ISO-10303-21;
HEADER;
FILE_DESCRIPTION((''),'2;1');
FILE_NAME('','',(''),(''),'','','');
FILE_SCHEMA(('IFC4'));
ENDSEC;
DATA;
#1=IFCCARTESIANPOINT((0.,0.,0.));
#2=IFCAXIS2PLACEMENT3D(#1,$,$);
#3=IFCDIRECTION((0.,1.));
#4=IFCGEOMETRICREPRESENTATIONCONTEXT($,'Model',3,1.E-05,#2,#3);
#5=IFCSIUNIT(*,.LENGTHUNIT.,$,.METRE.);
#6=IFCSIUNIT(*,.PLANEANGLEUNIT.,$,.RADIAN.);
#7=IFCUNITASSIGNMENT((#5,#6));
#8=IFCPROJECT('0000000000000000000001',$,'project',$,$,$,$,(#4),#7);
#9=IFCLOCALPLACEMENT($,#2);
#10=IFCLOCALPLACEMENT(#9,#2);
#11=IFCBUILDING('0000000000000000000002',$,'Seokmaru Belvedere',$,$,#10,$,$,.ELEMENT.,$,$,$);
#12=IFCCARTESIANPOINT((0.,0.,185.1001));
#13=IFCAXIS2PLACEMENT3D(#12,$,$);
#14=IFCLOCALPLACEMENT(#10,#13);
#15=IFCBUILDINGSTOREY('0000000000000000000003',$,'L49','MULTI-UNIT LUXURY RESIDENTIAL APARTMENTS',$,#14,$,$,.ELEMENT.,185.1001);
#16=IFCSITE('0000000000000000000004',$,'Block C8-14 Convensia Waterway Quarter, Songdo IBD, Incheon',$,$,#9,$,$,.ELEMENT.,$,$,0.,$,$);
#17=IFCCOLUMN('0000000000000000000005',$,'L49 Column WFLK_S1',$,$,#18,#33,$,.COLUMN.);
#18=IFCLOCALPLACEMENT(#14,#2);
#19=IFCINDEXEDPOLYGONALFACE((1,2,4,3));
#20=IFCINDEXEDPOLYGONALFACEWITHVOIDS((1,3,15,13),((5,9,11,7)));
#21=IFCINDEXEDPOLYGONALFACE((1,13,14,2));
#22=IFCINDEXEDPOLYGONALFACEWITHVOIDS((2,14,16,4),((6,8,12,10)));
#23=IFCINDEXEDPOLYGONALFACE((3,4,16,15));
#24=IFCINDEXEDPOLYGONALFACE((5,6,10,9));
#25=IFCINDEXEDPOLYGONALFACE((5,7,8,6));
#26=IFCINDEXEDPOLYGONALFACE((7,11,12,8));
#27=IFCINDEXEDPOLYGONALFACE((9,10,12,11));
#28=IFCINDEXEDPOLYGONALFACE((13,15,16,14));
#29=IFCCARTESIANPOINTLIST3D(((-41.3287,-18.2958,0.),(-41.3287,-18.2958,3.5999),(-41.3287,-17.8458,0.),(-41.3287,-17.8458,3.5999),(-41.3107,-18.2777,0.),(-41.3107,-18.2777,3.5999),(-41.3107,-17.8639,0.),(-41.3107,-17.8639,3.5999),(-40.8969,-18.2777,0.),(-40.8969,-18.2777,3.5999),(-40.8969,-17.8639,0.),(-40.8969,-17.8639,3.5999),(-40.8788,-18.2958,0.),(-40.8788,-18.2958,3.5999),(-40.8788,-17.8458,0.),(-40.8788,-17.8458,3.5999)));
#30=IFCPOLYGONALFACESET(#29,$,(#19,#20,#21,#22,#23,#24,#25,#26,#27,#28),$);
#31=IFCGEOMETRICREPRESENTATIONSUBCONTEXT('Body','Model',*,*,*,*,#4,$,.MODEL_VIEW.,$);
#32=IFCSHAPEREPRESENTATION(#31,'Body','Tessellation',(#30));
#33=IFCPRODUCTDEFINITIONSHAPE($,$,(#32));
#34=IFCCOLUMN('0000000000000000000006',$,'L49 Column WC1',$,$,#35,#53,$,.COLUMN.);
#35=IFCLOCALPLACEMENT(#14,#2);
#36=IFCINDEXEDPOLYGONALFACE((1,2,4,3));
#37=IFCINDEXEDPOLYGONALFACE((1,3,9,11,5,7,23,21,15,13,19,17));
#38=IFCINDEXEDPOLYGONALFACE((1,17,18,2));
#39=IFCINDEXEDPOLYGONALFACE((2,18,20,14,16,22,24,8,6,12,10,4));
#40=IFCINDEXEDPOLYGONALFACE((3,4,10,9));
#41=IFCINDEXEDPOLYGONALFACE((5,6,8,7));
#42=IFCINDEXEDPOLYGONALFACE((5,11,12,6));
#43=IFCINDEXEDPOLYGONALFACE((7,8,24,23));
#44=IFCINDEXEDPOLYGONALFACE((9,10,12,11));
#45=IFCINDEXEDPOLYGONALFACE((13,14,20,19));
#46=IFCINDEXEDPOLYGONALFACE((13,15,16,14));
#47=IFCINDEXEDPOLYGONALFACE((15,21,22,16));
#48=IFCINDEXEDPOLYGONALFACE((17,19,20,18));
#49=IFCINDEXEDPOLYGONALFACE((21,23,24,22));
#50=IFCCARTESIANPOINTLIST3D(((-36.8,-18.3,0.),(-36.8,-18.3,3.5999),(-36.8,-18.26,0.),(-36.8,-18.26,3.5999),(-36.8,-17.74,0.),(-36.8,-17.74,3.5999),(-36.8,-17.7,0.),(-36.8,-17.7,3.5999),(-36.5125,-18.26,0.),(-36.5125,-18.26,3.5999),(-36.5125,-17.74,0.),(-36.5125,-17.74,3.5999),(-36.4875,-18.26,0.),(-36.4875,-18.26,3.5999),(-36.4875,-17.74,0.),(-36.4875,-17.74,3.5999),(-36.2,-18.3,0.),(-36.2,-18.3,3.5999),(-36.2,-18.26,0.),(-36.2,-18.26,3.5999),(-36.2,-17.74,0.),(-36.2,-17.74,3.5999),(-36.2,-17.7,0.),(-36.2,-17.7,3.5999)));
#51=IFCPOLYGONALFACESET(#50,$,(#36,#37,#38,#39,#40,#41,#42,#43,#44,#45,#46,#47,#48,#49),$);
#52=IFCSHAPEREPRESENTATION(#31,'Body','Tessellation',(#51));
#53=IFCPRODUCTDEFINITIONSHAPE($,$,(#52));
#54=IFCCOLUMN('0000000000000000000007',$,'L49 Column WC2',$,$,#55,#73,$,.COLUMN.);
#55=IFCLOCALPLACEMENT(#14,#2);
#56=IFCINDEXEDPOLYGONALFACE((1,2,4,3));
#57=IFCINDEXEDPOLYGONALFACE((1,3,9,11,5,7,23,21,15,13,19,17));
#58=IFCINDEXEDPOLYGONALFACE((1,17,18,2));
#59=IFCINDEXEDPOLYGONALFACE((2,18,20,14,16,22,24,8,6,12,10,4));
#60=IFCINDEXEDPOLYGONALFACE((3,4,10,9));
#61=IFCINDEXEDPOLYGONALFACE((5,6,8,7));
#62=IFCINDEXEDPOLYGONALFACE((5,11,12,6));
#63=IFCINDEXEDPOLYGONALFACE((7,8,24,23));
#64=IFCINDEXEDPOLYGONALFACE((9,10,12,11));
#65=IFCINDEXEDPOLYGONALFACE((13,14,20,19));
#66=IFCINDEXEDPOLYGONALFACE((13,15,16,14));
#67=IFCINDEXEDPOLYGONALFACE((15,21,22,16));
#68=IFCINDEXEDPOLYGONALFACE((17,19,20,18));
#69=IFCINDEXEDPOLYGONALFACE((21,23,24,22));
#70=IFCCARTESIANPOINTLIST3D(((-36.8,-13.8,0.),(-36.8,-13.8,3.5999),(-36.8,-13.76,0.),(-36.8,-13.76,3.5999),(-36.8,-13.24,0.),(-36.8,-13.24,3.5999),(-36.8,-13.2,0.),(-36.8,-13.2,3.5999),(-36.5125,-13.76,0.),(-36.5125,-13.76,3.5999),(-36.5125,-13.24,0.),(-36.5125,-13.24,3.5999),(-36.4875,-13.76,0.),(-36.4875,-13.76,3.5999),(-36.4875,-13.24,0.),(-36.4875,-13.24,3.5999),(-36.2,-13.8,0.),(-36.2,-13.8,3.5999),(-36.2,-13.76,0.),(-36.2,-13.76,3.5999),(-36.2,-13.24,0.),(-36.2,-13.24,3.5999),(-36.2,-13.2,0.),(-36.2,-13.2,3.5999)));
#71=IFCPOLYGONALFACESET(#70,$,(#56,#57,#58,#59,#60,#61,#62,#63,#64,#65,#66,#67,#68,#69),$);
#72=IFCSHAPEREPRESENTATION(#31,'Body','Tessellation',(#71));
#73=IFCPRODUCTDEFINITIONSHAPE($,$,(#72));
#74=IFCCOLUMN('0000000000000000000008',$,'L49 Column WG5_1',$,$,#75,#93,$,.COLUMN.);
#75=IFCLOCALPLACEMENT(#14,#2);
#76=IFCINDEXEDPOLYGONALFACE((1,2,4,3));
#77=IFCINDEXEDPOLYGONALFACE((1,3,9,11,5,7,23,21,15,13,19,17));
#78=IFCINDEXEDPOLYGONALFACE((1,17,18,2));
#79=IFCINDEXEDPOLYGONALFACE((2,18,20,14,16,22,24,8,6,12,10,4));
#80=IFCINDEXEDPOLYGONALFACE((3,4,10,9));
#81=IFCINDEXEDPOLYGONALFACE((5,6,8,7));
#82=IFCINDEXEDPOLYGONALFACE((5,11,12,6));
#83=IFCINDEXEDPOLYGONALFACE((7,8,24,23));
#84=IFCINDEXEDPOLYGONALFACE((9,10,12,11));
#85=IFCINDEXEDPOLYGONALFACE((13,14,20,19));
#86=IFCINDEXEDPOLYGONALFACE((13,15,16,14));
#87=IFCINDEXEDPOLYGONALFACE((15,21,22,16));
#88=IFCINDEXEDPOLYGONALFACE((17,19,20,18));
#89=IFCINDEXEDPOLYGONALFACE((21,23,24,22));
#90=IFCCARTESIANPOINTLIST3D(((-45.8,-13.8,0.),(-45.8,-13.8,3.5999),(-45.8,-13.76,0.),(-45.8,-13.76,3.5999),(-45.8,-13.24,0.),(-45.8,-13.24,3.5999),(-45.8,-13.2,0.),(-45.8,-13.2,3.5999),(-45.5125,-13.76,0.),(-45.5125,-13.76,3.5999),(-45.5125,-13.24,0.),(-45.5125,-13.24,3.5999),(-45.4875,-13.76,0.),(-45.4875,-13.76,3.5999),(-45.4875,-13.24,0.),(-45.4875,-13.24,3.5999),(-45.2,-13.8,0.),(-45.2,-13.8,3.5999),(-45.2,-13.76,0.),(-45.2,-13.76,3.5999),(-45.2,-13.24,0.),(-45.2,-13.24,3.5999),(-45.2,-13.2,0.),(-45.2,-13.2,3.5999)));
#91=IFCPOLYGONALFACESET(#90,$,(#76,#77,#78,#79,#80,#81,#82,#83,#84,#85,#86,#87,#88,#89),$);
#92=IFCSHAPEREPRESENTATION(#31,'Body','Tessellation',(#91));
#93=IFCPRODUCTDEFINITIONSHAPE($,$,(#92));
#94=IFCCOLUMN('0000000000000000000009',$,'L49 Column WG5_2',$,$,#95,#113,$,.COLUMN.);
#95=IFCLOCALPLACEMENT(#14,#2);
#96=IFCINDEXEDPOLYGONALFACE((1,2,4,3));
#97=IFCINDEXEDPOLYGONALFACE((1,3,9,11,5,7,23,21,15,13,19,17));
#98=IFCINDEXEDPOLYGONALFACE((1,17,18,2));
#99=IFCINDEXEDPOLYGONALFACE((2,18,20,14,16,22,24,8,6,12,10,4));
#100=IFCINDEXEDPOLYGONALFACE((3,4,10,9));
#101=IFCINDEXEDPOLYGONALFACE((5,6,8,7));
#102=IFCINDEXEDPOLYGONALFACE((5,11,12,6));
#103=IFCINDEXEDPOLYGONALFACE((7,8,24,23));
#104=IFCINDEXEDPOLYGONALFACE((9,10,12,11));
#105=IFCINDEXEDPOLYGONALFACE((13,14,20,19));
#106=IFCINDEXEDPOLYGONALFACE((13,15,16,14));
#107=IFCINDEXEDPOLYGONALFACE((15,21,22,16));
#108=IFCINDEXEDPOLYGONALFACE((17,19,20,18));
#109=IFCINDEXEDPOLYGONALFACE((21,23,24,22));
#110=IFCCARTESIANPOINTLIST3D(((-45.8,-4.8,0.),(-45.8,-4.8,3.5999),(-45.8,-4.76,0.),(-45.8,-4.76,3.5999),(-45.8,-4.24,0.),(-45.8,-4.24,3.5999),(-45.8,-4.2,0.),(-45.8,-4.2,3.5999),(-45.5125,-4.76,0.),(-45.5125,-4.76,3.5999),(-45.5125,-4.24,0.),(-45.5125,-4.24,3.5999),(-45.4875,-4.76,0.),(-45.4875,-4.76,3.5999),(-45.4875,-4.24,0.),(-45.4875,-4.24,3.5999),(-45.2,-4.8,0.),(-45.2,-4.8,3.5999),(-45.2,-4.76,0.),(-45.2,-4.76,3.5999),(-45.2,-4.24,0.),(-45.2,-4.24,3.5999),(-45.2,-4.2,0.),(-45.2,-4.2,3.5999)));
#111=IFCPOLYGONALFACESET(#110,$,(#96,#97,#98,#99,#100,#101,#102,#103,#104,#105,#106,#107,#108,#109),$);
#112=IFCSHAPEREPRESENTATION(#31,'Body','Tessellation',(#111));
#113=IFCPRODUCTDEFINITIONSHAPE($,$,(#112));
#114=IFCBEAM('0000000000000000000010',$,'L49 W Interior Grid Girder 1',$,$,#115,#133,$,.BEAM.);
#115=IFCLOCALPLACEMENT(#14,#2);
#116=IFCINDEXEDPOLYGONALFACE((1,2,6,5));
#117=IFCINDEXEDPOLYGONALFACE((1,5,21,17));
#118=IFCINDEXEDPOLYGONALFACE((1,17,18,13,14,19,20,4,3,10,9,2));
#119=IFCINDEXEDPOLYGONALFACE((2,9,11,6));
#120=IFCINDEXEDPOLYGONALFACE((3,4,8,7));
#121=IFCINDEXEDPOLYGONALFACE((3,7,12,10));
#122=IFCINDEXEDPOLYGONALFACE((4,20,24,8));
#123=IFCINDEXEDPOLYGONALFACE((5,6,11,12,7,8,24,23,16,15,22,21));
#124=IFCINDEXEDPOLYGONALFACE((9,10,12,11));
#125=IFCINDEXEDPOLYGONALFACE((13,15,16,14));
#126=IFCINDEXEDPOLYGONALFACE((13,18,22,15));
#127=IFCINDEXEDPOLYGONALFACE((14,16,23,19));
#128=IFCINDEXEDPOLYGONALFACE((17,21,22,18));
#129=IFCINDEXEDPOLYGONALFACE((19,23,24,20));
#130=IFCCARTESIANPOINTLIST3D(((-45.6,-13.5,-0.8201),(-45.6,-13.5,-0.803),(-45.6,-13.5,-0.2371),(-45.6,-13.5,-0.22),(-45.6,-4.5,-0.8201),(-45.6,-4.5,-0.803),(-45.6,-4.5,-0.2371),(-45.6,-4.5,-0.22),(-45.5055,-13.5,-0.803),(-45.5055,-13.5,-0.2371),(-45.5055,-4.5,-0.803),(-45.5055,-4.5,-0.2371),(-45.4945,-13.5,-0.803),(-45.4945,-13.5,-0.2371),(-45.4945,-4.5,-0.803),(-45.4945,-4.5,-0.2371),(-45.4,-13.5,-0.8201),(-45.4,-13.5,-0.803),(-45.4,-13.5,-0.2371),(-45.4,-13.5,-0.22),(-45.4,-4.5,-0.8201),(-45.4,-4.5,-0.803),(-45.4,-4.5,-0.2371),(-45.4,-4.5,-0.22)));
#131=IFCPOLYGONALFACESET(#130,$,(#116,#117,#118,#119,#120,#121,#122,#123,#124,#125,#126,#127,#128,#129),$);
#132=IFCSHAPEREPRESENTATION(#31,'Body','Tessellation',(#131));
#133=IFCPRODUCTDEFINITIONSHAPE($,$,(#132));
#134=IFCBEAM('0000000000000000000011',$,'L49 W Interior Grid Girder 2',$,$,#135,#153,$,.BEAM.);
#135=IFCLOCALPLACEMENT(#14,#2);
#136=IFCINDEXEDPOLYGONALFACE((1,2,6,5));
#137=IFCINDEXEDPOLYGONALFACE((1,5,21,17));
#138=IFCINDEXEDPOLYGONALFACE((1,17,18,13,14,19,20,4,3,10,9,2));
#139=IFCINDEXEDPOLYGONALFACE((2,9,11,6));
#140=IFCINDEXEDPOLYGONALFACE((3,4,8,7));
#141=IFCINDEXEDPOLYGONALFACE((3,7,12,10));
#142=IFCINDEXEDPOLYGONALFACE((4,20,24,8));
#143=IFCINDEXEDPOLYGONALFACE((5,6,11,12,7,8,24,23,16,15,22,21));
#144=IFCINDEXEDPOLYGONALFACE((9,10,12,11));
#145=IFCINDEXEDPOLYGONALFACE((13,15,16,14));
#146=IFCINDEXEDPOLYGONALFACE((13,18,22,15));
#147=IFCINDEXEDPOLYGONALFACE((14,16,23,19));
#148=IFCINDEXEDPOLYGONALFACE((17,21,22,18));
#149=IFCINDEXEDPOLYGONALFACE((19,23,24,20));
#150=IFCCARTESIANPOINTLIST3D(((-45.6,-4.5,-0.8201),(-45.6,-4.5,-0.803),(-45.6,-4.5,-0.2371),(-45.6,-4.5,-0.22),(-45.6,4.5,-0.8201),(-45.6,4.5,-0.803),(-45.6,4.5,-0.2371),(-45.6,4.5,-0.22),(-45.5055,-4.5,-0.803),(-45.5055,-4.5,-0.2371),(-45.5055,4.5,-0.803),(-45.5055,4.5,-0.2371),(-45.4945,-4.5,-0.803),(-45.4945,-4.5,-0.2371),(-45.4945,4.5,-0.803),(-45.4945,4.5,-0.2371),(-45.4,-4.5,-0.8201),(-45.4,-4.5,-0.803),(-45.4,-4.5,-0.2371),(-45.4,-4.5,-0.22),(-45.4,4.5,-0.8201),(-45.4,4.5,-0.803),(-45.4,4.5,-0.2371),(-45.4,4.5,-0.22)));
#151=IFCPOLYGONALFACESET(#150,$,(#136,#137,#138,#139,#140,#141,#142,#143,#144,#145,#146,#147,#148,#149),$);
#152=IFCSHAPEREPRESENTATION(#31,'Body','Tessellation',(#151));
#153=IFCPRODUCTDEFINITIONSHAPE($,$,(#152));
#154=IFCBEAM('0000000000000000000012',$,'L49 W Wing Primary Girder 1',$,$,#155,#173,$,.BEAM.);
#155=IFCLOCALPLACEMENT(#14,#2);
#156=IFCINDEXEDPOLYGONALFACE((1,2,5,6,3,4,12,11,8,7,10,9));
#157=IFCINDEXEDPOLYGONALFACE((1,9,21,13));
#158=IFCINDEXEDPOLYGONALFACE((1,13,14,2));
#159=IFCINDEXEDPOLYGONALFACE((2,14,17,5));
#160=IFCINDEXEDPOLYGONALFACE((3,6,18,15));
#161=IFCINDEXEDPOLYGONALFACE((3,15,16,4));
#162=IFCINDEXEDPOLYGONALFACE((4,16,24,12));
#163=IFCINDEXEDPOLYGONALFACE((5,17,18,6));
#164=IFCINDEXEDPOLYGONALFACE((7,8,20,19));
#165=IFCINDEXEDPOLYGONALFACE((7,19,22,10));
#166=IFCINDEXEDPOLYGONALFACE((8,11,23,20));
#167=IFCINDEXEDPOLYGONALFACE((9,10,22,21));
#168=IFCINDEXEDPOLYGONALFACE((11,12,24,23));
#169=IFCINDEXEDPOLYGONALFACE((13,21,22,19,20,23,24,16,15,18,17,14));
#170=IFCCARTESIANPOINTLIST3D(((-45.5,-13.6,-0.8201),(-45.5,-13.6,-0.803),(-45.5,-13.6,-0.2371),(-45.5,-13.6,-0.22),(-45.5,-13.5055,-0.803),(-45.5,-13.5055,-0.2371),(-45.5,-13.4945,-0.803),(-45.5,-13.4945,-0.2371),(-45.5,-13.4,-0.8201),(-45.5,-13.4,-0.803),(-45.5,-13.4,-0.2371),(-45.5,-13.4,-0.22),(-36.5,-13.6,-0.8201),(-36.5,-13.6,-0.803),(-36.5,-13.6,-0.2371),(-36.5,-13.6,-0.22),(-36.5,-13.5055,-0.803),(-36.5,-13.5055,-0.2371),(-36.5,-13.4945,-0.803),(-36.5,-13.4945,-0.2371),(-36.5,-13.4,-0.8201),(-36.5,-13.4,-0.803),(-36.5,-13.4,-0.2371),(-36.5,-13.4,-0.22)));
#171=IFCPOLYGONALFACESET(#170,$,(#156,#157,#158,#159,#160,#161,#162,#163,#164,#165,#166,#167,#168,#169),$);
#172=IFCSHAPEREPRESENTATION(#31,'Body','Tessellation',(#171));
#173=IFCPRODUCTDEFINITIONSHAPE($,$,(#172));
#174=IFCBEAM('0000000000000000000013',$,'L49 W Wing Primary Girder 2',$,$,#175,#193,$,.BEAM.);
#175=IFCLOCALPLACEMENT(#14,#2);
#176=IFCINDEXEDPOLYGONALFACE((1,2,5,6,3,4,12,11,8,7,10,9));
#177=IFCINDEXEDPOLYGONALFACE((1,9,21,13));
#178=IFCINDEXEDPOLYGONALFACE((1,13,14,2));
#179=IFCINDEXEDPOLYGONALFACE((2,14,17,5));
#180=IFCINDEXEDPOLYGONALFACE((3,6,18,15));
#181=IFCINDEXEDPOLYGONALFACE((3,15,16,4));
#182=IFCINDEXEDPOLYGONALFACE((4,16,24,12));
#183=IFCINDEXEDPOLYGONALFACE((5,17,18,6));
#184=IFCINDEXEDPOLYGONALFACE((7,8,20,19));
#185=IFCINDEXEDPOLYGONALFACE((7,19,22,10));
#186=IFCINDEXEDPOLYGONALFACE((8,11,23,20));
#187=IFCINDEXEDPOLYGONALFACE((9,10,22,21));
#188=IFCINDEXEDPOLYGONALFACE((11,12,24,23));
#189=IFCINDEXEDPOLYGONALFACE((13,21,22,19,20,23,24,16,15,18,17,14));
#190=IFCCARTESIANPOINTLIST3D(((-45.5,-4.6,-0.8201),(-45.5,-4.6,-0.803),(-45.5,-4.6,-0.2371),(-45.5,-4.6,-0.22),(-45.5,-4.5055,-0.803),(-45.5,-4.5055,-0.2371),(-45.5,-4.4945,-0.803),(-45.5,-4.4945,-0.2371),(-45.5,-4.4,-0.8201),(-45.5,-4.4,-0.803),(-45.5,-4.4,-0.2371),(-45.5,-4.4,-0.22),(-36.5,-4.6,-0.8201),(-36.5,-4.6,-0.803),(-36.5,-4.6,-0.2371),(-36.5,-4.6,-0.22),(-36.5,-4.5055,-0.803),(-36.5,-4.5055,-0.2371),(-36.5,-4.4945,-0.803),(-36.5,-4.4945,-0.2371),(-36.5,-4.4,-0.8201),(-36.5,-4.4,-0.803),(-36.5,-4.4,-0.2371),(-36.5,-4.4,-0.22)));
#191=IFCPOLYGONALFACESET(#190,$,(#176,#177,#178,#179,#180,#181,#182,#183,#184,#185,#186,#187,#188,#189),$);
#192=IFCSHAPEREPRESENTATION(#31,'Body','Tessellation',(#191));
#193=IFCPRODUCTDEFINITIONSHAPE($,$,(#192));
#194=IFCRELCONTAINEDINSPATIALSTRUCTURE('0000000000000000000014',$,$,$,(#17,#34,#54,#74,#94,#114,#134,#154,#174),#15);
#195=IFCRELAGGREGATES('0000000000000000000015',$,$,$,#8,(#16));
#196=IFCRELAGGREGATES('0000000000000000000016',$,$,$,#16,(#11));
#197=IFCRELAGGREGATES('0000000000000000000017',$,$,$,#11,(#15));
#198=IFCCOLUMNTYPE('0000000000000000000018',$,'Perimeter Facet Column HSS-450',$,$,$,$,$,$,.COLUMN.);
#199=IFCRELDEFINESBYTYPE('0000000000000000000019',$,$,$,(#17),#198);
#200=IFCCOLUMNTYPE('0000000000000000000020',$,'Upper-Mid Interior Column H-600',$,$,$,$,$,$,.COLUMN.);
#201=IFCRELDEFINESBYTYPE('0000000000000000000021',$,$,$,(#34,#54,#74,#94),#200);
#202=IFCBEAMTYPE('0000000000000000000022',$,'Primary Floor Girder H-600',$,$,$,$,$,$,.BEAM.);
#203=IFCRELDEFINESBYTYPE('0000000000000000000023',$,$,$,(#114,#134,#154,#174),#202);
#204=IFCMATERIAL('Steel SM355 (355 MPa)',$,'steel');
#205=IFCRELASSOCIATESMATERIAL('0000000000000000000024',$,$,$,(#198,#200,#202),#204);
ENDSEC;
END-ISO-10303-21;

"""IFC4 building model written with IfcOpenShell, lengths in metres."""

from ifc_helpers import new_model, si_unit, direction, frame, origin, origin_2d, place, context, subcontext, project, spatial, hollow_rectangle, i_section, extrude, source, transform, mapped, material, material_profile, profile_set, type_object, type_shapes, element, save


model = new_model("IFC4")

# Units and contexts
model_context = context("Model", 3, precision=1e-05, world=origin(), true_north=direction((0.0, 1.0)))
body_context = subcontext(model_context, "Body", "Model", "MODEL_VIEW")
ifc_project = project(units=[si_unit("LENGTHUNIT", "METRE"), si_unit("PLANEANGLEUNIT", "RADIAN")], contexts=[model_context])

# Site, building, storey
site_placement = place(None, origin())
site = spatial("IfcSite", under=ifc_project, at=site_placement, Name="Block C8-14 Convensia Waterway Quarter, Songdo IBD, Incheon", CompositionType="ELEMENT", RefElevation=0.0)
building_placement = place(site_placement, origin())
building = spatial("IfcBuilding", under=site, at=building_placement, Name="Seokmaru Belvedere", CompositionType="ELEMENT")
storey_placement = place(building_placement, frame((0.0, 0.0, 185.1001)))
storey = spatial("IfcBuildingStorey", under=building, at=storey_placement, Name="L49", Description="MULTI-UNIT LUXURY RESIDENTIAL APARTMENTS", CompositionType="ELEMENT", Elevation=185.1001)

# Columns
ifc_material_1 = material(Name="Steel SM355 (355 MPa)", Category="steel")
ifc_material_profile_1 = material_profile(ifc_material_1, hollow_rectangle(XDim=0.45, YDim=0.45, WallThickness=0.0181, at=origin_2d()), Name="HSS-450x450x18")
ifc_profile_set_1 = profile_set([ifc_material_profile_1], Name="Steel SM355 (355 MPa)")
column_type_1 = type_object("IfcColumnType", Name="Perimeter Facet Column HSS-450", PredefinedType="COLUMN", material=ifc_profile_set_1)
shared_shape_1 = source(origin(), body_context, "Body", "SweptSolid", [
    extrude(hollow_rectangle(XDim=0.45, YDim=0.45, WallThickness=0.0181, at=origin_2d()), origin(), (0.0, 0.0, 1.0), 3.5999),
])
type_shapes(column_type_1, [shared_shape_1])
column_placement = place(storey_placement, frame((-41.1038, -18.0708, 0.0), z_axis=(0.0, 0.0, 1.0), x_axis=(1.0, 0.0, 0.0)))
element("IfcColumn", 1, at=column_placement, inside=storey, type_object=column_type_1, Name="L49 Column WFLK_S1", PredefinedType="COLUMN", context=body_context, shape_type="MappedRepresentation", body=[
    mapped(shared_shape_1, transform((0.0, 0.0, 0.0), scale=1.0)),
])
ifc_material_profile_2 = material_profile(ifc_material_1, i_section(OverallWidth=0.6001, OverallDepth=0.6001, WebThickness=0.0249, FlangeThickness=0.04, at=origin_2d()), Name="H-600x600x25x40")
ifc_profile_set_2 = profile_set([ifc_material_profile_2], Name="Steel SM355 (355 MPa)")
column_type_2 = type_object("IfcColumnType", Name="Upper-Mid Interior Column H-600", PredefinedType="COLUMN", material=ifc_profile_set_2)
shared_shape_2 = source(origin(), body_context, "Body", "SweptSolid", [
    extrude(i_section(OverallWidth=0.6001, OverallDepth=0.6001, WebThickness=0.0249, FlangeThickness=0.04, at=origin_2d()), origin(), (0.0, 0.0, 1.0), 3.5999),
])
type_shapes(column_type_2, [shared_shape_2])
for number, where, z_axis, x_axis, name in (
    (2, (-36.5, -18.0, 0.0), (0.0, 0.0, 1.0), (1.0, 0.0, 0.0), "L49 Column WC1"),
    (3, (-36.5, -13.5, 0.0), (0.0, 0.0, 1.0), (1.0, 0.0, 0.0), "L49 Column WC2"),
    (4, (-45.5, -13.5, 0.0), (0.0, 0.0, 1.0), (1.0, 0.0, 0.0), "L49 Column WG5_1"),
    (5, (-45.5, -4.5, 0.0), (0.0, 0.0, 1.0), (1.0, 0.0, 0.0), "L49 Column WG5_2"),
):
    element("IfcColumn", number, at=place(storey_placement, frame(where, z_axis=z_axis, x_axis=x_axis)), inside=storey, type_object=column_type_2, Name=name, PredefinedType="COLUMN", context=body_context, shape_type="MappedRepresentation", body=[
        mapped(shared_shape_2, transform((0.0, 0.0, 0.0), scale=1.0)),
    ])

# Beams
ifc_material_profile_3 = material_profile(ifc_material_1, i_section(OverallWidth=0.2, OverallDepth=0.6001, WebThickness=0.011, FlangeThickness=0.0171, at=origin_2d()), Name="H-600x200x11x17")
ifc_profile_set_3 = profile_set([ifc_material_profile_3], Name="Steel SM355 (355 MPa)")
beam_type_1 = type_object("IfcBeamType", Name="Primary Floor Girder H-600", PredefinedType="BEAM", material=ifc_profile_set_3)
shared_shape_3 = source(origin(), body_context, "Body", "SweptSolid", [
    extrude(i_section(OverallWidth=0.2, OverallDepth=0.6001, WebThickness=0.011, FlangeThickness=0.0171, at=origin_2d()), origin(), (0.0, 0.0, 1.0), 9.0),
])
for number, where, z_axis, x_axis, name in (
    (6, (-45.5, -13.5, -0.52), (0.0, 1.0, 0.0), (-1.0, 0.0, 0.0), "L49 W Interior Grid Girder 1"),
    (7, (-45.5, -4.5, -0.52), (0.0, 1.0, 0.0), (-1.0, 0.0, 0.0), "L49 W Interior Grid Girder 2"),
    (8, (-45.5, -13.5, -0.52), (1.0, 0.0, 0.0), (0.0, 1.0, 0.0), "L49 W Wing Primary Girder 1"),
    (9, (-45.5, -4.5, -0.52), (1.0, 0.0, 0.0), (0.0, 1.0, 0.0), "L49 W Wing Primary Girder 2"),
):
    element("IfcBeam", number, at=place(storey_placement, frame(where, z_axis=z_axis, x_axis=x_axis)), inside=storey, type_object=beam_type_1, Name=name, PredefinedType="BEAM", context=body_context, shape_type="MappedRepresentation", body=[
        mapped(shared_shape_3, transform((0.0, 0.0, 0.0), scale=1.0)),
    ])

save(model, "model.ifc")
